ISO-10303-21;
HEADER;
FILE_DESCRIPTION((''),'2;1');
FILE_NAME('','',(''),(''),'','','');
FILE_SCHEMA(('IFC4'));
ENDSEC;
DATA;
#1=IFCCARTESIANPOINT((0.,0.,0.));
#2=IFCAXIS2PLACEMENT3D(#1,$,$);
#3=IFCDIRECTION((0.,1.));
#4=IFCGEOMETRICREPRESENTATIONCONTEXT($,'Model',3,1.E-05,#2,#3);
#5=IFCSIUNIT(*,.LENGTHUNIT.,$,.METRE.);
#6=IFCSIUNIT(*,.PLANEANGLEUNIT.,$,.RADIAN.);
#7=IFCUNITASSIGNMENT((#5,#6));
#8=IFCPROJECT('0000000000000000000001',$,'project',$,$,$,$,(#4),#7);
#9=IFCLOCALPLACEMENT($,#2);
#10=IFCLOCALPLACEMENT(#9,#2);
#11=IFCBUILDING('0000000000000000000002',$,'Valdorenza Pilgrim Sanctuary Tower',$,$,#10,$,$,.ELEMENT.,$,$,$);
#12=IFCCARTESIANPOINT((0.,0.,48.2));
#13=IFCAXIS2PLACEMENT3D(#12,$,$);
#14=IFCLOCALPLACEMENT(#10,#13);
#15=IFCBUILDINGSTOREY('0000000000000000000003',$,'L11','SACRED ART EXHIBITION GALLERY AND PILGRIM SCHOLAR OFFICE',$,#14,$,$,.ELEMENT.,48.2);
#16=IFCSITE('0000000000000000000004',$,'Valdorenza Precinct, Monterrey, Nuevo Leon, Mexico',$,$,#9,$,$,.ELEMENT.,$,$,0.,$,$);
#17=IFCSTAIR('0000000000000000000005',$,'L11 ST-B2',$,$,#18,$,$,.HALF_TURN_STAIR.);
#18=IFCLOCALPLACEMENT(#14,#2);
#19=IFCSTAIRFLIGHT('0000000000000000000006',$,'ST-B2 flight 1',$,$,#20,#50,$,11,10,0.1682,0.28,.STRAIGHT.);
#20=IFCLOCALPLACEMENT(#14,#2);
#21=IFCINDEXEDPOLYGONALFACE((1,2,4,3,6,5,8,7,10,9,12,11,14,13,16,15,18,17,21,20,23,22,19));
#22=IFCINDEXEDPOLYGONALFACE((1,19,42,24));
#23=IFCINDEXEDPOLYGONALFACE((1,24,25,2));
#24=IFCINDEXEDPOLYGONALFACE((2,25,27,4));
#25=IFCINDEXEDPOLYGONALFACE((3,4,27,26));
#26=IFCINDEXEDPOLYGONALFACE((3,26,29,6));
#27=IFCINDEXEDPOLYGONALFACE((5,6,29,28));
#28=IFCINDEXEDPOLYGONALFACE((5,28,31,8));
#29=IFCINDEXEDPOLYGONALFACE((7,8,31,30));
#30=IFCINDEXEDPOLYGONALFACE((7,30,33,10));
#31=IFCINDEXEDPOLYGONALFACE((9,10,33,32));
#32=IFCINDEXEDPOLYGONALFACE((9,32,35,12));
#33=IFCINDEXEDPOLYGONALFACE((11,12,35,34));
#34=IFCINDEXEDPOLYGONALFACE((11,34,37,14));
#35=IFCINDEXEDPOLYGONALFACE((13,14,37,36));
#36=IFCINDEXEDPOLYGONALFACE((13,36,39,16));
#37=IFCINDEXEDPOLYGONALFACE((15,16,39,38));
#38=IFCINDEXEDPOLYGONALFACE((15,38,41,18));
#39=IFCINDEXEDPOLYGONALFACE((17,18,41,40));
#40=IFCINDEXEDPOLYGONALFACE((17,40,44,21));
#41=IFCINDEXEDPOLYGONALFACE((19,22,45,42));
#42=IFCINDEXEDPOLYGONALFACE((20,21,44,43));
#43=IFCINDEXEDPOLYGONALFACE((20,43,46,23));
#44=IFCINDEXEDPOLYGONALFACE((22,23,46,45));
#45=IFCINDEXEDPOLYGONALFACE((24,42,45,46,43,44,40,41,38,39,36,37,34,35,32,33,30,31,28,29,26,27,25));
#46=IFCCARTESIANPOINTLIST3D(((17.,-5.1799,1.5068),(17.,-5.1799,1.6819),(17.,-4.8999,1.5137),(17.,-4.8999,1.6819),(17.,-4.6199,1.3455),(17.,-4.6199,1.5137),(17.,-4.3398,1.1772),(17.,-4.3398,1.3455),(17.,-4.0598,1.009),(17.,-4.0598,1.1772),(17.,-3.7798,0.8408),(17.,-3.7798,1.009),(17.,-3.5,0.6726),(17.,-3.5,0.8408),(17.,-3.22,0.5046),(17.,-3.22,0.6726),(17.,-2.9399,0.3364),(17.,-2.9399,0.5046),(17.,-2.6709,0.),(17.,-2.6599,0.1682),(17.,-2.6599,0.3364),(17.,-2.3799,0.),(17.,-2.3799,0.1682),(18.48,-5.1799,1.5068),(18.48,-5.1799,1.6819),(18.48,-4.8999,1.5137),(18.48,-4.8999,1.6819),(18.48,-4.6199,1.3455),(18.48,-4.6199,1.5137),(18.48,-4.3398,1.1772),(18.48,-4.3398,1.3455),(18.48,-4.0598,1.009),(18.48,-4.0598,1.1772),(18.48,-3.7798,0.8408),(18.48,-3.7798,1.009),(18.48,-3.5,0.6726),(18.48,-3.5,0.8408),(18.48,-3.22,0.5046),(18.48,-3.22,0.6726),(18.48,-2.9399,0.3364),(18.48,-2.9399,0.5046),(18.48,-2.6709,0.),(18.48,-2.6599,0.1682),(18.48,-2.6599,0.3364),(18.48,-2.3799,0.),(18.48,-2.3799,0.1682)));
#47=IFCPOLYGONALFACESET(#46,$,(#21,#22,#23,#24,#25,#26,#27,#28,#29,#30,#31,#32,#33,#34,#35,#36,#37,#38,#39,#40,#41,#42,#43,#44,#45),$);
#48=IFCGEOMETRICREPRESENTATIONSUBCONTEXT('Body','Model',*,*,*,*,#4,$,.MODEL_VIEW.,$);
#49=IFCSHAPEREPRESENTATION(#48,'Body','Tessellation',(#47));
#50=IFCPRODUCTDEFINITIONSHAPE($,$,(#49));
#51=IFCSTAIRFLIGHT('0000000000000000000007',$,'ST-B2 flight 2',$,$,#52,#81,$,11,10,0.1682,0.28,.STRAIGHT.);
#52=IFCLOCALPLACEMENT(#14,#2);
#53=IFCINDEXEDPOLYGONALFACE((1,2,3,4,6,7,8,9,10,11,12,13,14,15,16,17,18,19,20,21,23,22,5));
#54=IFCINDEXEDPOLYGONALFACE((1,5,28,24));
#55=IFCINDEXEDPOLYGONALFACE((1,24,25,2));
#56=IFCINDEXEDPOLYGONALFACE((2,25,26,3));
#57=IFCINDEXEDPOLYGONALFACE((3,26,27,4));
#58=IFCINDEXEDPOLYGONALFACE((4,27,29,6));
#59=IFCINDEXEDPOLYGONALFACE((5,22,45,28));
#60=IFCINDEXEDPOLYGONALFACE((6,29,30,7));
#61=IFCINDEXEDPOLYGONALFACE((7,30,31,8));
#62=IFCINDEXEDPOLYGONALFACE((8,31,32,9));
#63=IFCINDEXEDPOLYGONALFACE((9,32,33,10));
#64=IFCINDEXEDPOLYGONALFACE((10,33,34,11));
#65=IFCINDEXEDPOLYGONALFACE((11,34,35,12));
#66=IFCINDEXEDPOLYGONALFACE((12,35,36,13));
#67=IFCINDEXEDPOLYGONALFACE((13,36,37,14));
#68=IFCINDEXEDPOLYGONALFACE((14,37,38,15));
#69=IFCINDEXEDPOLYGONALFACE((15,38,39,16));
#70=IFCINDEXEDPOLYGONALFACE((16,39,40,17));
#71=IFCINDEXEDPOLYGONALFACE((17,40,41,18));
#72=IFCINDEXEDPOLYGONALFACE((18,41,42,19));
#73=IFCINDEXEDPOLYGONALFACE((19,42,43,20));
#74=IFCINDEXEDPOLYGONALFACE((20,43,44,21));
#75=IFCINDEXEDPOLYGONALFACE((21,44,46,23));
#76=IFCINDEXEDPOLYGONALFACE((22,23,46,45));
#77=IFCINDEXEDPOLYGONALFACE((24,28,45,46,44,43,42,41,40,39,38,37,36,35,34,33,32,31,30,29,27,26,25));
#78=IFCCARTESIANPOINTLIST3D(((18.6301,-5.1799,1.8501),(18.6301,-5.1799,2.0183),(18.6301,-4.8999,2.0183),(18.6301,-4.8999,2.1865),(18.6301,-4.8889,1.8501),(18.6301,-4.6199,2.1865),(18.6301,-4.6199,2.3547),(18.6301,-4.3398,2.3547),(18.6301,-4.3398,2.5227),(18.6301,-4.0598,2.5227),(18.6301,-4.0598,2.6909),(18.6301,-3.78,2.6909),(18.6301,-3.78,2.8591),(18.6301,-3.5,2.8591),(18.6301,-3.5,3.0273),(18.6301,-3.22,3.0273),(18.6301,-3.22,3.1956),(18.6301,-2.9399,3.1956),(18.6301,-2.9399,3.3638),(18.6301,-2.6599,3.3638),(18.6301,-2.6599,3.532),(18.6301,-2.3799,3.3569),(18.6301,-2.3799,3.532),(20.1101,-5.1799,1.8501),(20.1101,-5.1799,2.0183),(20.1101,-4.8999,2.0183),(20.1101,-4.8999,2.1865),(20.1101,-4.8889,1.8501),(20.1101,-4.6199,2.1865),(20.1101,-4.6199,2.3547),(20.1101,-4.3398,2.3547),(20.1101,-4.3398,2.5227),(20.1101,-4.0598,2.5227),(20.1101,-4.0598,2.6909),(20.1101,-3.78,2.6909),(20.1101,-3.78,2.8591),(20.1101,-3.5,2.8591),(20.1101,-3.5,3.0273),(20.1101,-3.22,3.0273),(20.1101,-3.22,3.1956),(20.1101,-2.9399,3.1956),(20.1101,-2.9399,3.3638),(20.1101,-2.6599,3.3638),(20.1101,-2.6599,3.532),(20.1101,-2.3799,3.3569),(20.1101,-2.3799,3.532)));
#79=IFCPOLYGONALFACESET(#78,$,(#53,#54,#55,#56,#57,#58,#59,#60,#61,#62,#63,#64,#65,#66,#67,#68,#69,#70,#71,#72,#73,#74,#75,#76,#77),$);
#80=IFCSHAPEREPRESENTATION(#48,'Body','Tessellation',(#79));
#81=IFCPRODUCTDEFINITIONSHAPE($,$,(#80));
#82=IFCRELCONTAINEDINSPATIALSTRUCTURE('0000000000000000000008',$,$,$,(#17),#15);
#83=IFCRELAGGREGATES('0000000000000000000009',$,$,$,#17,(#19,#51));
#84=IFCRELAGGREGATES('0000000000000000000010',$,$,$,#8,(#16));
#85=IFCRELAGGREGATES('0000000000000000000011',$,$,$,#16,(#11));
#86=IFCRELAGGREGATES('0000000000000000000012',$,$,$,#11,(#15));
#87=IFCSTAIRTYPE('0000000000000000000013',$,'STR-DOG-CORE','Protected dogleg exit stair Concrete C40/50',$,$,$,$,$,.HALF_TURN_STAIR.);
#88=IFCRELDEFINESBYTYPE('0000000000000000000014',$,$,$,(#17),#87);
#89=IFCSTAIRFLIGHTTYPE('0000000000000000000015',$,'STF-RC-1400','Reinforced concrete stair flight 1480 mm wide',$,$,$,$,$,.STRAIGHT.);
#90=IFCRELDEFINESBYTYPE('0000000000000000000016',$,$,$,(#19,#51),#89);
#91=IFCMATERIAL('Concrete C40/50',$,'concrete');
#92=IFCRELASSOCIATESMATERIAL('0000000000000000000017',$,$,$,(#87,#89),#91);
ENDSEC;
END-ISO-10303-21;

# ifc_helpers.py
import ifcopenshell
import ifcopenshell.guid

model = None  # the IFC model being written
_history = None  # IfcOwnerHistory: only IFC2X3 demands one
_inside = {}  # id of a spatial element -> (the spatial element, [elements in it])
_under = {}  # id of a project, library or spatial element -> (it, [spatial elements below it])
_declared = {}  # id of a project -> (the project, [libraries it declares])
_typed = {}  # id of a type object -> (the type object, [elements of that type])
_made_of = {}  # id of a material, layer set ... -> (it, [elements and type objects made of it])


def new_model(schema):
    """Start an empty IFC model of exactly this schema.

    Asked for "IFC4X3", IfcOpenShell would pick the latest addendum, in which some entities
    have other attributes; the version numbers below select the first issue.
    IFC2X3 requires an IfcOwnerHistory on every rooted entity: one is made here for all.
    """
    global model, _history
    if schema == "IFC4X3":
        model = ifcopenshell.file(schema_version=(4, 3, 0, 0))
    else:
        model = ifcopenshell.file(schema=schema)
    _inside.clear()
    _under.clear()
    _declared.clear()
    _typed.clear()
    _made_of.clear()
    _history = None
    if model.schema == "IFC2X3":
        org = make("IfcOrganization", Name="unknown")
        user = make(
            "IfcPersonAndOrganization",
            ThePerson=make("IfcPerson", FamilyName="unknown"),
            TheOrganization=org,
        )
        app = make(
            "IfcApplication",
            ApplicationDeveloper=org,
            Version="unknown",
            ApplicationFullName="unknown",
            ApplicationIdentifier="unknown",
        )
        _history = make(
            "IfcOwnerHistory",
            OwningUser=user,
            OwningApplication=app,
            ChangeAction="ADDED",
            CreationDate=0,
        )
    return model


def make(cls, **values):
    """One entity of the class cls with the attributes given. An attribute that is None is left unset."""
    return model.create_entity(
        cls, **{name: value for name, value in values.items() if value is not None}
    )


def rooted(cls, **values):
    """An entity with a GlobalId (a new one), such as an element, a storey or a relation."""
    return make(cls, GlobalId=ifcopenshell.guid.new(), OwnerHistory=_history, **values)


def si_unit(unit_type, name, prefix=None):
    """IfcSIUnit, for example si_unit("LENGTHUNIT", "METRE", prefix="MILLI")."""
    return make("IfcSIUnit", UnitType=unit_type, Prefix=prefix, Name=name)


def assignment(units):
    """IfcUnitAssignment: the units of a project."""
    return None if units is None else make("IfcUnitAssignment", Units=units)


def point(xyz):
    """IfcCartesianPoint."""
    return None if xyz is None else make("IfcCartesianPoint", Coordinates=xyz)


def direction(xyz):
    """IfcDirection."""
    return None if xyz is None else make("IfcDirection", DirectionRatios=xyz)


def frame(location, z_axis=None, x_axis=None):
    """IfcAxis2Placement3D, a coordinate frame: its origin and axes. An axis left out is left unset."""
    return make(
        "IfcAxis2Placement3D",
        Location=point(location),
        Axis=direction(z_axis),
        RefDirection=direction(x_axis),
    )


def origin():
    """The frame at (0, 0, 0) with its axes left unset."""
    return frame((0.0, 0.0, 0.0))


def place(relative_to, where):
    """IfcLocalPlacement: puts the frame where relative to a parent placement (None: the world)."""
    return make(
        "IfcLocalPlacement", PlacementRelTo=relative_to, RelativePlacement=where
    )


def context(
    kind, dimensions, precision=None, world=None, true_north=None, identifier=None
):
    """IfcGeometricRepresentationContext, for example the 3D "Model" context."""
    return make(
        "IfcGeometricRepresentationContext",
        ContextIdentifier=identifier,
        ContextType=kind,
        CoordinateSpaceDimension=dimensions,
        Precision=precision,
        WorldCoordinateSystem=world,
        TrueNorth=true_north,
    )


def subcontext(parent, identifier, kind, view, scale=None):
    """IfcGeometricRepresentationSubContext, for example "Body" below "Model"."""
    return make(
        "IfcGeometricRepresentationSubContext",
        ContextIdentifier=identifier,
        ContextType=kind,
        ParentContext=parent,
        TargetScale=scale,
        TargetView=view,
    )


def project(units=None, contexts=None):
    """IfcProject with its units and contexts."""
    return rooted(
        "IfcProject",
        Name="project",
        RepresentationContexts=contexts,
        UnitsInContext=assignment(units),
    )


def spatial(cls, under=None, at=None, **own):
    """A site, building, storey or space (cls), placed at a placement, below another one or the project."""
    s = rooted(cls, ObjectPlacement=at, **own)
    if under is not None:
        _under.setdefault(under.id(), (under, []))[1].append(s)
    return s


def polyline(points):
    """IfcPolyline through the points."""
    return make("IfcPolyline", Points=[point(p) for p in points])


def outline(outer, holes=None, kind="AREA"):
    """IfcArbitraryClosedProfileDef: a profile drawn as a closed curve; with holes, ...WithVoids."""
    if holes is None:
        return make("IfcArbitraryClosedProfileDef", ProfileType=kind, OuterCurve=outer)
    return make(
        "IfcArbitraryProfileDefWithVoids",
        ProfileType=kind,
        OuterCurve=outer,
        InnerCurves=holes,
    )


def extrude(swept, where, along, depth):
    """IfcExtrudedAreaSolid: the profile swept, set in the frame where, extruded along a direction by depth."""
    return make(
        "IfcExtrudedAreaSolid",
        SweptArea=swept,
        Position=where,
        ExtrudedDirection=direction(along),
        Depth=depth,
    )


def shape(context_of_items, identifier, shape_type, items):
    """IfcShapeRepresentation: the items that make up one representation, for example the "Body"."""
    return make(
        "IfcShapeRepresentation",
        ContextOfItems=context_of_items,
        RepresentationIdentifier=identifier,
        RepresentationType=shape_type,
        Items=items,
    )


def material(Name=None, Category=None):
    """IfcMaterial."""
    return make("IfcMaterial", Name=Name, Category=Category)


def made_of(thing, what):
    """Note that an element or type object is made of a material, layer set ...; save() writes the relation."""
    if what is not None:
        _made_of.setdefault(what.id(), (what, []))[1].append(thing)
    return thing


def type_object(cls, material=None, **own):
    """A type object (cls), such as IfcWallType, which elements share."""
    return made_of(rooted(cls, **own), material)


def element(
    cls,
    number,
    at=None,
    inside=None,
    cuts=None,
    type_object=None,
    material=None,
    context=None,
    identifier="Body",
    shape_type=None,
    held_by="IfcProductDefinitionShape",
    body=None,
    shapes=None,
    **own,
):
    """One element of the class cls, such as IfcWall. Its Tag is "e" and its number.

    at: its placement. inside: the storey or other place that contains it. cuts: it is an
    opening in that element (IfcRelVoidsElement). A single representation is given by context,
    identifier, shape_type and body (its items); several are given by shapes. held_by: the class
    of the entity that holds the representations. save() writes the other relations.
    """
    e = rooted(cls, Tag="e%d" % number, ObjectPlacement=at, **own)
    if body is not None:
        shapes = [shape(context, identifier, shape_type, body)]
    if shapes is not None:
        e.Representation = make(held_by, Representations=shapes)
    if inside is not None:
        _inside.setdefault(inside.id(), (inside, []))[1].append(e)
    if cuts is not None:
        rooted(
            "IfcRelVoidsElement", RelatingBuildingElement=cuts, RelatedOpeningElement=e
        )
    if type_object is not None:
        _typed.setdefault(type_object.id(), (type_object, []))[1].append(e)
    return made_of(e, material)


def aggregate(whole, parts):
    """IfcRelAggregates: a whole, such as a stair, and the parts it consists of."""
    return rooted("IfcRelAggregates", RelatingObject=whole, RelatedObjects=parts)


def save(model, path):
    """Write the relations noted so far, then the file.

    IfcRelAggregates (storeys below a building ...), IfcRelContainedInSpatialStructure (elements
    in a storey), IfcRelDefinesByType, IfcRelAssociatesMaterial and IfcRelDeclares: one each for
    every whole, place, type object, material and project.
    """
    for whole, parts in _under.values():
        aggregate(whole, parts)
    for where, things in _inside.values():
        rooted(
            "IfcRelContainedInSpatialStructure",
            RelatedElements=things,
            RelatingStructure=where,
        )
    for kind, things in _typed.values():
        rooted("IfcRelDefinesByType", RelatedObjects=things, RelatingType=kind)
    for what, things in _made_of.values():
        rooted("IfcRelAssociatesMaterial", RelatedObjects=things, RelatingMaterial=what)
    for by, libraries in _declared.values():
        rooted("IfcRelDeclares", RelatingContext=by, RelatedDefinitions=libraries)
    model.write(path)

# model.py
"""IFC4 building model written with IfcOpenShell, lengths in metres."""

from ifc_helpers import new_model, si_unit, direction, frame, origin, place, context, subcontext, project, spatial, polyline, outline, extrude, material, type_object, element, aggregate, save


model = new_model("IFC4")

# Units and contexts
model_context = context("Model", 3, precision=1e-05, world=origin(), true_north=direction((0.0, 1.0)))
body_context = subcontext(model_context, "Body", "Model", "MODEL_VIEW")
ifc_project = project(units=[si_unit("LENGTHUNIT", "METRE"), si_unit("PLANEANGLEUNIT", "RADIAN")], contexts=[model_context])

# Site, building, storey
site_placement = place(None, origin())
site = spatial("IfcSite", under=ifc_project, at=site_placement, Name="Valdorenza Precinct, Monterrey, Nuevo Leon, Mexico", CompositionType="ELEMENT", RefElevation=0.0)
building_placement = place(site_placement, origin())
building = spatial("IfcBuilding", under=site, at=building_placement, Name="Valdorenza Pilgrim Sanctuary Tower", CompositionType="ELEMENT")
storey_placement = place(building_placement, frame((0.0, 0.0, 48.2)))
storey = spatial("IfcBuildingStorey", under=building, at=storey_placement, Name="L11", Description="SACRED ART EXHIBITION GALLERY AND PILGRIM SCHOLAR OFFICE", CompositionType="ELEMENT", Elevation=48.2)

# Shared definitions
ifc_material_1 = material(Name="Concrete C40/50", Category="concrete")

# Stair, stair flights
stair_type = type_object("IfcStairType", Name="STR-DOG-CORE", Description="Protected dogleg exit stair Concrete C40/50", PredefinedType="HALF_TURN_STAIR", material=ifc_material_1)
stair_placement = place(storey_placement, origin())
stair = element("IfcStair", 1, at=stair_placement, inside=storey, type_object=stair_type, Name="L11 ST-B2", PredefinedType="HALF_TURN_STAIR")
stair_flight_type = type_object("IfcStairFlightType", Name="STF-RC-1400", Description="Reinforced concrete stair flight 1480 mm wide", PredefinedType="STRAIGHT", material=ifc_material_1)
stair_flight_1_placement = place(storey_placement, frame((17.74, -2.3799, 0.0), z_axis=(0.0, 0.0, 1.0), x_axis=(0.0, -1.0, 0.0)))
stair_flight_1 = element("IfcStairFlight", 2, at=stair_flight_1_placement, type_object=stair_flight_type, Name="ST-B2 flight 1", NumberOfRisers=11, NumberOfTreads=10, PredefinedType="STRAIGHT", RiserHeight=0.1682, TreadLength=0.28, context=body_context, shape_type="SweptSolid", body=[
    extrude(outline(polyline([(0.0, 0.0), (0.0, 0.1682), (0.28, 0.1682), (0.28, 0.3364), (0.5601, 0.3364), (0.5601, 0.5046), (0.8401, 0.5046), (0.8401, 0.6726), (1.1201, 0.6726), (1.1201, 0.8408), (1.3999, 0.8408), (1.3999, 1.009), (1.6799, 1.009), (1.6799, 1.1772), (1.96, 1.1772), (1.96, 1.3455), (2.24, 1.3455), (2.24, 1.5137), (2.52, 1.5137), (2.52, 1.6819), (2.8, 1.6819), (2.8, 1.8501), (2.8, 1.5068), (0.291, 0.0), (0.0, 0.0)])), frame((0.0, 0.74, 0.0), z_axis=(0.0, -1.0, 0.0), x_axis=(1.0, 0.0, 0.0)), (0.0, 0.0, 1.0), 1.48),
])
stair_flight_2_placement = place(storey_placement, frame((19.3701, -5.1799, 1.8501), z_axis=(0.0, 0.0, 1.0), x_axis=(0.0, 1.0, 0.0)))
stair_flight_2 = element("IfcStairFlight", 3, at=stair_flight_2_placement, type_object=stair_flight_type, Name="ST-B2 flight 2", NumberOfRisers=11, NumberOfTreads=10, PredefinedType="STRAIGHT", RiserHeight=0.1682, TreadLength=0.28, context=body_context, shape_type="SweptSolid", body=[
    extrude(outline(polyline([(0.0, 0.0), (0.0, 0.1682), (0.28, 0.1682), (0.28, 0.3364), (0.5601, 0.3364), (0.5601, 0.5046), (0.8401, 0.5046), (0.8401, 0.6726), (1.1201, 0.6726), (1.1201, 0.8408), (1.3999, 0.8408), (1.3999, 1.009), (1.6799, 1.009), (1.6799, 1.1772), (1.96, 1.1772), (1.96, 1.3455), (2.24, 1.3455), (2.24, 1.5137), (2.52, 1.5137), (2.52, 1.6819), (2.8, 1.6819), (2.8, 1.8501), (2.8, 1.5068), (0.291, 0.0), (0.0, 0.0)])), frame((0.0, 0.74, 0.0), z_axis=(0.0, -1.0, 0.0), x_axis=(1.0, 0.0, 0.0)), (0.0, 0.0, 1.0), 1.48),
])
aggregate(stair, [stair_flight_1, stair_flight_2])

save(model, "model.ifc")
